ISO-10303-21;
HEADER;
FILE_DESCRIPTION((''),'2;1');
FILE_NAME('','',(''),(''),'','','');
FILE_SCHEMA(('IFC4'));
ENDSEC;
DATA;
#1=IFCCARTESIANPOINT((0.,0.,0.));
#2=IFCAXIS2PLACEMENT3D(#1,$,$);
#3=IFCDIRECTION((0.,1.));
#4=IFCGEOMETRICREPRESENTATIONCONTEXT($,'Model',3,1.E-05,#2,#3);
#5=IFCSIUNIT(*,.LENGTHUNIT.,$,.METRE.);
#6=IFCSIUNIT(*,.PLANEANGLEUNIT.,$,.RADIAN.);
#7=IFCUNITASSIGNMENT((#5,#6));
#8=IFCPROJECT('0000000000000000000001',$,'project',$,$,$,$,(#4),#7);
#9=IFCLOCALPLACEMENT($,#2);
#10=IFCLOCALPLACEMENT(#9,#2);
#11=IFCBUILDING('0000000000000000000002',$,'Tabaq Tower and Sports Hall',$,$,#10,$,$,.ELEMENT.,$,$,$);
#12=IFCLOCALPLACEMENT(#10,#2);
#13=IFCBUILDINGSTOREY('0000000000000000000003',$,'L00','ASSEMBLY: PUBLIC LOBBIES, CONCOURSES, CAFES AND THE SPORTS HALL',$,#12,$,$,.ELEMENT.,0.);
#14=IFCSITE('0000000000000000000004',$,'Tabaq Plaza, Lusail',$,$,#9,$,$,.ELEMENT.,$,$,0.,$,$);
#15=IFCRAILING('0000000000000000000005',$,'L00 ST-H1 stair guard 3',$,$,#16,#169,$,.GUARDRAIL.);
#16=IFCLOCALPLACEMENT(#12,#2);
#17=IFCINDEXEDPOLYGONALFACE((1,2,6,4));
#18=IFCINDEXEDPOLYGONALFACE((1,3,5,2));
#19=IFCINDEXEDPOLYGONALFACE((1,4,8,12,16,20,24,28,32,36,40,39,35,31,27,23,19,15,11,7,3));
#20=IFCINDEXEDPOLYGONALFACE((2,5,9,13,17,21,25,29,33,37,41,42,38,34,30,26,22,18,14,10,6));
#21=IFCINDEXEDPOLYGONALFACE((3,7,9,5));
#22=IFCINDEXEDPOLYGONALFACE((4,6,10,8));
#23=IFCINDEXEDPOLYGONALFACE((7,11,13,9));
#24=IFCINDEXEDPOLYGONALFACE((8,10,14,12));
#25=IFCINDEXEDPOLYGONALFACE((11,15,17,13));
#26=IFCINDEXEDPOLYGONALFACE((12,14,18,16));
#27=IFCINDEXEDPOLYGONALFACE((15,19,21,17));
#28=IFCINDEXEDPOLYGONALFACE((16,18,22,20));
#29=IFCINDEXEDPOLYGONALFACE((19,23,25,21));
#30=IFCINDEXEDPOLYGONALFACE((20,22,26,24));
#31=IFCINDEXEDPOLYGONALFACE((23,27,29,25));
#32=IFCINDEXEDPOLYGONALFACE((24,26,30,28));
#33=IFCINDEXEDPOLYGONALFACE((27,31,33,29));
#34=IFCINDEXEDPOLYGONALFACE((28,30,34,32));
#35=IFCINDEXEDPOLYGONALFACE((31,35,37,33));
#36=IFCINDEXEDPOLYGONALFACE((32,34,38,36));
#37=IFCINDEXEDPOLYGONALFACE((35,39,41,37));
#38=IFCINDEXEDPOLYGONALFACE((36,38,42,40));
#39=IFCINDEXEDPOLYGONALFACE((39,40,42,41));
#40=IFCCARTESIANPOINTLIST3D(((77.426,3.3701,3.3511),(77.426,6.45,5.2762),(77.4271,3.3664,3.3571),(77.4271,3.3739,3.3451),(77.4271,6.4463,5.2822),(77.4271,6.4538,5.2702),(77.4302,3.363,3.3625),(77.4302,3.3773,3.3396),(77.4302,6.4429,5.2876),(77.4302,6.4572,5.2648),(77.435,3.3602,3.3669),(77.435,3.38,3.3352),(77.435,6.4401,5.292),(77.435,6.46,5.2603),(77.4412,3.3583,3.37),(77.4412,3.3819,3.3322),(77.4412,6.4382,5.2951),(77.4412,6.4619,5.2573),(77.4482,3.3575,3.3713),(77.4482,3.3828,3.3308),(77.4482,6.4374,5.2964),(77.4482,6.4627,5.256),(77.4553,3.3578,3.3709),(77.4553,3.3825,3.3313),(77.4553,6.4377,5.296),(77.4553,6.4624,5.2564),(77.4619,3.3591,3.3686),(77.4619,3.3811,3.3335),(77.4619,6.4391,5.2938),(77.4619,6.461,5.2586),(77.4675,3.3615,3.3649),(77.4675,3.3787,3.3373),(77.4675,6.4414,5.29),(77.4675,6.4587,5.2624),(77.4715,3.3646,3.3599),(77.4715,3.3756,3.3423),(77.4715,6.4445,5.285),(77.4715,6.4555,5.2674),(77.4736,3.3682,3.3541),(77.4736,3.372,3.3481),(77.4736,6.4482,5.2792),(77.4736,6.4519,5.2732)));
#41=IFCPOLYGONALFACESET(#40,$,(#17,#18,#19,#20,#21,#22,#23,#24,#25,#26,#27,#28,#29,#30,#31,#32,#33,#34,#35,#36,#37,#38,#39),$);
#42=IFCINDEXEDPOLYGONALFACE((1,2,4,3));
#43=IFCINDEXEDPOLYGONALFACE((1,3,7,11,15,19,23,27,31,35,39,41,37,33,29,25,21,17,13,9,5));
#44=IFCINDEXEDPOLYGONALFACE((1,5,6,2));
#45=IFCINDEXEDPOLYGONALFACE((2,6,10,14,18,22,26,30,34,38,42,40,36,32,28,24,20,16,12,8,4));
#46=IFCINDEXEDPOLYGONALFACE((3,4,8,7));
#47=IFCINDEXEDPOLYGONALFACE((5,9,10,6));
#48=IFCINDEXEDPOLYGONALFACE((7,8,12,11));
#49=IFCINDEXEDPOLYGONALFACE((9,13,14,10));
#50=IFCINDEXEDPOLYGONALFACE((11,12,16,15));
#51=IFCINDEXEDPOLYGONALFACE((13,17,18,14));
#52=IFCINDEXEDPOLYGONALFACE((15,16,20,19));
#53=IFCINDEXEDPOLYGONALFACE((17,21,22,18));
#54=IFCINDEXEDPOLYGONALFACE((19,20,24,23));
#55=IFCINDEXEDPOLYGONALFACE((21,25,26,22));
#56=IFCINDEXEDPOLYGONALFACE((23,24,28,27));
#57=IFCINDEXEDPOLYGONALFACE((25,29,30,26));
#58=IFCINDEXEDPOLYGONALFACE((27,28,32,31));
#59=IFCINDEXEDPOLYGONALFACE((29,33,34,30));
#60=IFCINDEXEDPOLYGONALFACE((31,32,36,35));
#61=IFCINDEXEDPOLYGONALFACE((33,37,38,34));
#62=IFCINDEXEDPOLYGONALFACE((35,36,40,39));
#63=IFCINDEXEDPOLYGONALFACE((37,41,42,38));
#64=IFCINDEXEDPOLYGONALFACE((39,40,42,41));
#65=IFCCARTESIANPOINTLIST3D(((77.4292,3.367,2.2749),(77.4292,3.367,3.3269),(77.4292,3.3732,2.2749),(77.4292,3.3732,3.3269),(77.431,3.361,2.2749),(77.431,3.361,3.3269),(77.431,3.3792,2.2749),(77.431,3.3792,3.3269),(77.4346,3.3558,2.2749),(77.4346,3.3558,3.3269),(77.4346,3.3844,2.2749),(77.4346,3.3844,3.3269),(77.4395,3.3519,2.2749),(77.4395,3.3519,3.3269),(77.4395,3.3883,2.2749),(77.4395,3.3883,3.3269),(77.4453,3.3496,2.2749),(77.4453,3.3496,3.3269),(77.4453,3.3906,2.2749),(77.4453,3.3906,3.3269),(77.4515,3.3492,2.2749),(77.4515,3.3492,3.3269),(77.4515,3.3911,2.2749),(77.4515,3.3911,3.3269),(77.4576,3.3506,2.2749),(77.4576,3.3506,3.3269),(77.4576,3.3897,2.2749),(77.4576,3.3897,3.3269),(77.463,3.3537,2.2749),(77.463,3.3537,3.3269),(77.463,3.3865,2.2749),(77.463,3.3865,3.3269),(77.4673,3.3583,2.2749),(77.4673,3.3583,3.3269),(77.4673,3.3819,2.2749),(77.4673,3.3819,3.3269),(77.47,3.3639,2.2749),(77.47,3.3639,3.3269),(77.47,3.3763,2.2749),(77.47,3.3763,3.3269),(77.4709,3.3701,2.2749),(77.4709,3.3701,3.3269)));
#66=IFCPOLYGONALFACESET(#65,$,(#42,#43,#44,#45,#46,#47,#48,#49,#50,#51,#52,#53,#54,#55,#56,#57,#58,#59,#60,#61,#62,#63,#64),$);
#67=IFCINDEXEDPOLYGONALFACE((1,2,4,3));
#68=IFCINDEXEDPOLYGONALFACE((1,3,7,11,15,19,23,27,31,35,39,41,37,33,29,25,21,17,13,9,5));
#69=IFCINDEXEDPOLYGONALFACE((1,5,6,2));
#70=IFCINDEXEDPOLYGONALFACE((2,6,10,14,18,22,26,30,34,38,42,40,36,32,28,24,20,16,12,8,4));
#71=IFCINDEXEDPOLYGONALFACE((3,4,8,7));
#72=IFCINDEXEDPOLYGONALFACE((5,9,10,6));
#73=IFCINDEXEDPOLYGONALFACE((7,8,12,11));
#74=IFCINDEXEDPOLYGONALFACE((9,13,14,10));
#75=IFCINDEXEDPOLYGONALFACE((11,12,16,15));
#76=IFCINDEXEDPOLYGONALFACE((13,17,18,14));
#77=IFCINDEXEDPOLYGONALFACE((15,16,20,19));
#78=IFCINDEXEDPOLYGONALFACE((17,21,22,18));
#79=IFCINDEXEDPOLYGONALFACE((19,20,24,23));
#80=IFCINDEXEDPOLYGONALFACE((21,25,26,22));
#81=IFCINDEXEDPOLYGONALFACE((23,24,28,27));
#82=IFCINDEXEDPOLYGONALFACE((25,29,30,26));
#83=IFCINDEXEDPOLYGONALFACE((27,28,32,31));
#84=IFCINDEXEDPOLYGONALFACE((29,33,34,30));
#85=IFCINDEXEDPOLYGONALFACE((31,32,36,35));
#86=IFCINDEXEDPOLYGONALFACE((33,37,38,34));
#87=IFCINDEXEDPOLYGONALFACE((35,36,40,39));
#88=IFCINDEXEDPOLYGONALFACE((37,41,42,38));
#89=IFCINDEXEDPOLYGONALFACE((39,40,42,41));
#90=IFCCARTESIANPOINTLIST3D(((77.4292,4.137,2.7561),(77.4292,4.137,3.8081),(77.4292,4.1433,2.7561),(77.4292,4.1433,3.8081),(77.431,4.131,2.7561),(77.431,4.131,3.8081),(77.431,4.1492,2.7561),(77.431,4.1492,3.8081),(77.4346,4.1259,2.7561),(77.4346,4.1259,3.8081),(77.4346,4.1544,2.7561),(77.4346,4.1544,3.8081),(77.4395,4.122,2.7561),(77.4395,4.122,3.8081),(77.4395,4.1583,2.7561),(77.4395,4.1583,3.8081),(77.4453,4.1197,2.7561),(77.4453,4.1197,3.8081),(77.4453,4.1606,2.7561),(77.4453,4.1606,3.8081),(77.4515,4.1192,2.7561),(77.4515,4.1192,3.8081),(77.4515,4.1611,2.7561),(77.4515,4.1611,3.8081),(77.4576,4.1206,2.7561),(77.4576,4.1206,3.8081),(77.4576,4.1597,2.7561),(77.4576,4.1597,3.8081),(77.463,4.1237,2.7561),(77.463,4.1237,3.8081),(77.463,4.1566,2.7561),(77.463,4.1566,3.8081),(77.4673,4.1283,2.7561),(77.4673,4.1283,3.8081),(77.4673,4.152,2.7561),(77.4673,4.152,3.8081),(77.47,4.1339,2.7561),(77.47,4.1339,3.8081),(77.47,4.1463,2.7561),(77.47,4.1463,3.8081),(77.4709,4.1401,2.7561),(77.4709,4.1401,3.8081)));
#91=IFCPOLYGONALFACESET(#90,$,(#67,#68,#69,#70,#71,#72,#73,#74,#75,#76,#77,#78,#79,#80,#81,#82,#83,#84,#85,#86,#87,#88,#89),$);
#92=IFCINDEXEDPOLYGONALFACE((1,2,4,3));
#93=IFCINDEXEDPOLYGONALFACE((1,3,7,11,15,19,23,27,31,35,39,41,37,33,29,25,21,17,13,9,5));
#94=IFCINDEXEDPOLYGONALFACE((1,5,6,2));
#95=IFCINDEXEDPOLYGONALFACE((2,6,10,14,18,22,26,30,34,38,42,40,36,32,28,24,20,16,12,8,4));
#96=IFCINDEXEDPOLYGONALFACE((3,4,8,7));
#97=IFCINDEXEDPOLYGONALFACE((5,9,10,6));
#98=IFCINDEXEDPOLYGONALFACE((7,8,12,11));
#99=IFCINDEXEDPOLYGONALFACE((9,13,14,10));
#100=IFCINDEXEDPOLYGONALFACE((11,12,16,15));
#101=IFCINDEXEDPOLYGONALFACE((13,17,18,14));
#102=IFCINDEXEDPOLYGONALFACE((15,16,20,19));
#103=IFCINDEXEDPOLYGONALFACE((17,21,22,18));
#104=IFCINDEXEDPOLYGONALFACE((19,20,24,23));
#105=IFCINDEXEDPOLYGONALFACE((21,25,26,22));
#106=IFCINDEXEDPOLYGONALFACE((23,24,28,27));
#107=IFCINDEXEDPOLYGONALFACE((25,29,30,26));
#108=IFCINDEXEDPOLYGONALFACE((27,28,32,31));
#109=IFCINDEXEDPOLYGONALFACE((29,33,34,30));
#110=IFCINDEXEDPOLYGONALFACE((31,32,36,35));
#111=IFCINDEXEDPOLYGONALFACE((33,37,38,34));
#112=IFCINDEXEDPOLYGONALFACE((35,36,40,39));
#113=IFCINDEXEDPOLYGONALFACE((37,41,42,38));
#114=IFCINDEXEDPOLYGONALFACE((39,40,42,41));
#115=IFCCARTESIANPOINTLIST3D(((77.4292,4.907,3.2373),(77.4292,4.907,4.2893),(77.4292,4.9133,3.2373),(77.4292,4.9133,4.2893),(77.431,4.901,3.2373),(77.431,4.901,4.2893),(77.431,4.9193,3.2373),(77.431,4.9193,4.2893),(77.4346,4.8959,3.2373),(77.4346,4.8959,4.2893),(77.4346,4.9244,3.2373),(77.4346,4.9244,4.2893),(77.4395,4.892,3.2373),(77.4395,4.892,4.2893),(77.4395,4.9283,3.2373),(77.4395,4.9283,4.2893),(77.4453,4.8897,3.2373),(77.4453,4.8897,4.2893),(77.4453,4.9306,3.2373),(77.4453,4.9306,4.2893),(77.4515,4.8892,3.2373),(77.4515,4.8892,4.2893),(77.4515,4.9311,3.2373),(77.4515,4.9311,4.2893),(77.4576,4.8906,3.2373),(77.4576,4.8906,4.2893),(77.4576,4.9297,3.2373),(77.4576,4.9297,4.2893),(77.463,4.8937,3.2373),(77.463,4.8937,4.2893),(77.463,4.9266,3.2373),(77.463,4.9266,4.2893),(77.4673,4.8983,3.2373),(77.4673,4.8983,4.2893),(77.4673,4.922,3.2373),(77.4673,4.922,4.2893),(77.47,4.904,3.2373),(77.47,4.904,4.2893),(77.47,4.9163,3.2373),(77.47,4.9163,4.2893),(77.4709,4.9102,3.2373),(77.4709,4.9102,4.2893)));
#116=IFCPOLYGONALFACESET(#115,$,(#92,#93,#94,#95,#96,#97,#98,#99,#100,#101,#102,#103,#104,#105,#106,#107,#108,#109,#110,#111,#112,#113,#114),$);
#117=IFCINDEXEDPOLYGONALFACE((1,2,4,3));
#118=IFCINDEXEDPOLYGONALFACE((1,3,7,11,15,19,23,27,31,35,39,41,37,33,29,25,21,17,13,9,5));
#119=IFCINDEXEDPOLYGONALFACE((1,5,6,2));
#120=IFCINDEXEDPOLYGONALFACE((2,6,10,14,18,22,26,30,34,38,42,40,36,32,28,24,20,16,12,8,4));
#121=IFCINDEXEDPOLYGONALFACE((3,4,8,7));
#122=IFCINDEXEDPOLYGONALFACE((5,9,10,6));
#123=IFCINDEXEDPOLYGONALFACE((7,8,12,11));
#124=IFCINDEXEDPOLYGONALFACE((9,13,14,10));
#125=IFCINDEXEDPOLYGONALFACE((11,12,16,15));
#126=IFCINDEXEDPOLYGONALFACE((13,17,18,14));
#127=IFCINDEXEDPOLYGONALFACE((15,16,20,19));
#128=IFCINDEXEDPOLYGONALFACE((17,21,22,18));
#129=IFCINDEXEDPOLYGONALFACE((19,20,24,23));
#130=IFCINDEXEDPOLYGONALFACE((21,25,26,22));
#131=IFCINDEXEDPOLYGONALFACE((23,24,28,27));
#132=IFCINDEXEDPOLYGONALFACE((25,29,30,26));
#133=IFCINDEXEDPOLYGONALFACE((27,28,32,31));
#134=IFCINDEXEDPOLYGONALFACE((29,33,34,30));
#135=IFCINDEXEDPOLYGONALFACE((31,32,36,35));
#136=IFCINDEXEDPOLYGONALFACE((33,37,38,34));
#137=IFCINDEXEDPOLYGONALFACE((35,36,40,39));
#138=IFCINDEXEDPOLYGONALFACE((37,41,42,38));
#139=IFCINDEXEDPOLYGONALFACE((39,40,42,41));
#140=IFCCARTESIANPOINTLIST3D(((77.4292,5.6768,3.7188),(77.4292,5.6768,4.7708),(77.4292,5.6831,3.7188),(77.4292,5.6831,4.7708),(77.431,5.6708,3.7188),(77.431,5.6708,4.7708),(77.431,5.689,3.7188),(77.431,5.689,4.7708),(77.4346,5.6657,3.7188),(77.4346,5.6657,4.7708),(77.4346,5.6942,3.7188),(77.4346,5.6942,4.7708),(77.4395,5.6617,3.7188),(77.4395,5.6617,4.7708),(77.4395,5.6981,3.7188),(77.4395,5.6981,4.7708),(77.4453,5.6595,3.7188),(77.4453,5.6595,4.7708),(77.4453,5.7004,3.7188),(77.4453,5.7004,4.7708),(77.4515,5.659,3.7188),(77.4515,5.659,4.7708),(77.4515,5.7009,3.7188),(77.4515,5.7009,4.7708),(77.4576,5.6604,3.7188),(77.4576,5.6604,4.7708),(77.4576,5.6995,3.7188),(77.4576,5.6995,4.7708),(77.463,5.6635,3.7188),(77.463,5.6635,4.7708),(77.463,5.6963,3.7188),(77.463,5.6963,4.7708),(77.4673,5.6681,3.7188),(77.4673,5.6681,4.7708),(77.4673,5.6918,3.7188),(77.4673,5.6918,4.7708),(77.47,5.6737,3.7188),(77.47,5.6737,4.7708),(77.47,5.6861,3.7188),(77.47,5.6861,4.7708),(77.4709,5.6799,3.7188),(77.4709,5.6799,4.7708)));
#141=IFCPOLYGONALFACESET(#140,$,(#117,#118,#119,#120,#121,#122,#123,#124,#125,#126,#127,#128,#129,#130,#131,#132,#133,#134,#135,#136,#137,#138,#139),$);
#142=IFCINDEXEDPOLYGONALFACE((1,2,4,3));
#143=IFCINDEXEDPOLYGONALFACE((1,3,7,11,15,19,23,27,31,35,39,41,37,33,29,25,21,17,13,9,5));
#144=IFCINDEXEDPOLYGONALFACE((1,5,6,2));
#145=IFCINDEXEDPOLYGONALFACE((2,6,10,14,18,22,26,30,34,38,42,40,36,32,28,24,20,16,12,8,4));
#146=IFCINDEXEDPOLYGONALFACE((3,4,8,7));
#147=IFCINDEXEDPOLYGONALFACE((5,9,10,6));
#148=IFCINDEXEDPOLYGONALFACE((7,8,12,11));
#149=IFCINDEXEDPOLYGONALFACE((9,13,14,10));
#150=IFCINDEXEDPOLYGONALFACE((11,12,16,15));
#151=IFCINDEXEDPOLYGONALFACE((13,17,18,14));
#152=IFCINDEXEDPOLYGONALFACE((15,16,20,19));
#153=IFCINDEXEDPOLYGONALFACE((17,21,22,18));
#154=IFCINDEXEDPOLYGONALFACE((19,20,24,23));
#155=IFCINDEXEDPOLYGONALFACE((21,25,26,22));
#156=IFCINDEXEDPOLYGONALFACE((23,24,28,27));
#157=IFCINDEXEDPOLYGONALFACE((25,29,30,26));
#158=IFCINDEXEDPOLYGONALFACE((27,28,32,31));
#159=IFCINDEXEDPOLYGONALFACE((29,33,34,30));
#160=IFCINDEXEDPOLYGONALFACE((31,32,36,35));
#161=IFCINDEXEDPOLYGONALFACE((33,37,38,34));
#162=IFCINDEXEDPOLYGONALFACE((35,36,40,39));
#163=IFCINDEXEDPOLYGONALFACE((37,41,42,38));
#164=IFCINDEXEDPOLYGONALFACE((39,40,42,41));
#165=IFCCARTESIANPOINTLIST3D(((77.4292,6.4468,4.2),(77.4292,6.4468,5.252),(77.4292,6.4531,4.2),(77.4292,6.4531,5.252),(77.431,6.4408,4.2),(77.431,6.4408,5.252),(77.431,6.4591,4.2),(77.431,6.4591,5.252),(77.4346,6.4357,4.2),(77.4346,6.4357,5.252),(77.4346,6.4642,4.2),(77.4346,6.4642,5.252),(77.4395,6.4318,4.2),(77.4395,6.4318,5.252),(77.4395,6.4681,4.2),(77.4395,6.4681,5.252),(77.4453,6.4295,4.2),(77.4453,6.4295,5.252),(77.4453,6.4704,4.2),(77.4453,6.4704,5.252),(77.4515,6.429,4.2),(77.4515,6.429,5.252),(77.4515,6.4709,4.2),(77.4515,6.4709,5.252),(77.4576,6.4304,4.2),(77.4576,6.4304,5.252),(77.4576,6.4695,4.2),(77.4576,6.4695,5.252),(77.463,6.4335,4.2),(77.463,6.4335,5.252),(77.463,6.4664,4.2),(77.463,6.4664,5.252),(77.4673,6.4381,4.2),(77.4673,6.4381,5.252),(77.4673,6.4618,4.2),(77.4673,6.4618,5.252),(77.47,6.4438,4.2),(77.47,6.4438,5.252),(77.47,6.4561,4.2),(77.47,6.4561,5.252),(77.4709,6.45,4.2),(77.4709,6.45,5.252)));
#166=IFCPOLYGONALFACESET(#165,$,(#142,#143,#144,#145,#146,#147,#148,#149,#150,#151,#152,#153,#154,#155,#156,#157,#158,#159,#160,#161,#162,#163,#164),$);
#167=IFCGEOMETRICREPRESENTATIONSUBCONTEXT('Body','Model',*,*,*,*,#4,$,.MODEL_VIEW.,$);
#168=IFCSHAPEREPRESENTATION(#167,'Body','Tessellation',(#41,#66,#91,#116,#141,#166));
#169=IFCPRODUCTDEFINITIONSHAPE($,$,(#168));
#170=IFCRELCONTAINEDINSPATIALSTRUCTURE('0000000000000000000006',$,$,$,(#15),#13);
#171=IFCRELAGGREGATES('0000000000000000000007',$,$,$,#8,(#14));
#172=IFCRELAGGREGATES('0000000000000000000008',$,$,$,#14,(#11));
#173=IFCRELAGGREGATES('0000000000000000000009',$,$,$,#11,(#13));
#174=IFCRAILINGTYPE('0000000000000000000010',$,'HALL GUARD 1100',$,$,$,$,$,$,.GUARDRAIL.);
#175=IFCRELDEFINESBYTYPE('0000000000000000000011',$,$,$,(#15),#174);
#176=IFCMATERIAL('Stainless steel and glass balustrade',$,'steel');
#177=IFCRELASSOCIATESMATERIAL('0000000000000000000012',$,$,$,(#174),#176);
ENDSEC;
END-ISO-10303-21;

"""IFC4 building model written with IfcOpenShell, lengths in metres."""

from ifc_helpers import new_model, si_unit, direction, frame, origin, origin_2d, place, context, subcontext, project, spatial, circle, extrude, material, type_object, element, save


model = new_model("IFC4")

# Units and contexts
model_context = context("Model", 3, precision=1e-05, world=origin(), true_north=direction((0.0, 1.0)))
body_context = subcontext(model_context, "Body", "Model", "MODEL_VIEW")
ifc_project = project(units=[si_unit("LENGTHUNIT", "METRE"), si_unit("PLANEANGLEUNIT", "RADIAN")], contexts=[model_context])

# Site, building, storey
site_placement = place(None, origin())
site = spatial("IfcSite", under=ifc_project, at=site_placement, Name="Tabaq Plaza, Lusail", CompositionType="ELEMENT", RefElevation=0.0)
building_placement = place(site_placement, origin())
building = spatial("IfcBuilding", under=site, at=building_placement, Name="Tabaq Tower and Sports Hall", CompositionType="ELEMENT")
storey_placement = place(building_placement, origin())
storey = spatial("IfcBuildingStorey", under=building, at=storey_placement, Name="L00", Description="ASSEMBLY: PUBLIC LOBBIES, CONCOURSES, CAFES AND THE SPORTS HALL", CompositionType="ELEMENT", Elevation=0.0)

# Railing
ifc_material_1 = material(Name="Stainless steel and glass balustrade", Category="steel")
railing_type_1 = type_object("IfcRailingType", Name="HALL GUARD 1100", PredefinedType="GUARDRAIL", material=ifc_material_1)
railing_1_placement = place(storey_placement, frame((77.45, 3.3701, 2.2749)))
element("IfcRailing", 1, at=railing_1_placement, inside=storey, type_object=railing_type_1, Name="L00 ST-H1 stair guard 3", PredefinedType="GUARDRAIL", context=body_context, shape_type="SweptSolid", body=[
    extrude(circle(Radius=0.0239, at=origin_2d()), frame((0.0, 0.0, 1.0762), z_axis=(0.0, 0.847979, 0.530029), x_axis=(-1.0, 0.0, 0.0)), (0.0, 0.0, 1.0), 3.6321),
    extrude(circle(Radius=0.021, at=origin_2d()), origin(), (0.0, 0.0, 1.0), 1.052),
    extrude(circle(Radius=0.021, at=origin_2d()), frame((0.0, 0.77, 0.4812)), (0.0, 0.0, 1.0), 1.052),
    extrude(circle(Radius=0.021, at=origin_2d()), frame((0.0, 1.54, 0.9624)), (0.0, 0.0, 1.0), 1.052),
    extrude(circle(Radius=0.021, at=origin_2d()), frame((0.0, 2.3098, 1.4438)), (0.0, 0.0, 1.0), 1.052),
    extrude(circle(Radius=0.021, at=origin_2d()), frame((0.0, 3.0798, 1.925)), (0.0, 0.0, 1.0), 1.052),
])

save(model, "model.ifc")
